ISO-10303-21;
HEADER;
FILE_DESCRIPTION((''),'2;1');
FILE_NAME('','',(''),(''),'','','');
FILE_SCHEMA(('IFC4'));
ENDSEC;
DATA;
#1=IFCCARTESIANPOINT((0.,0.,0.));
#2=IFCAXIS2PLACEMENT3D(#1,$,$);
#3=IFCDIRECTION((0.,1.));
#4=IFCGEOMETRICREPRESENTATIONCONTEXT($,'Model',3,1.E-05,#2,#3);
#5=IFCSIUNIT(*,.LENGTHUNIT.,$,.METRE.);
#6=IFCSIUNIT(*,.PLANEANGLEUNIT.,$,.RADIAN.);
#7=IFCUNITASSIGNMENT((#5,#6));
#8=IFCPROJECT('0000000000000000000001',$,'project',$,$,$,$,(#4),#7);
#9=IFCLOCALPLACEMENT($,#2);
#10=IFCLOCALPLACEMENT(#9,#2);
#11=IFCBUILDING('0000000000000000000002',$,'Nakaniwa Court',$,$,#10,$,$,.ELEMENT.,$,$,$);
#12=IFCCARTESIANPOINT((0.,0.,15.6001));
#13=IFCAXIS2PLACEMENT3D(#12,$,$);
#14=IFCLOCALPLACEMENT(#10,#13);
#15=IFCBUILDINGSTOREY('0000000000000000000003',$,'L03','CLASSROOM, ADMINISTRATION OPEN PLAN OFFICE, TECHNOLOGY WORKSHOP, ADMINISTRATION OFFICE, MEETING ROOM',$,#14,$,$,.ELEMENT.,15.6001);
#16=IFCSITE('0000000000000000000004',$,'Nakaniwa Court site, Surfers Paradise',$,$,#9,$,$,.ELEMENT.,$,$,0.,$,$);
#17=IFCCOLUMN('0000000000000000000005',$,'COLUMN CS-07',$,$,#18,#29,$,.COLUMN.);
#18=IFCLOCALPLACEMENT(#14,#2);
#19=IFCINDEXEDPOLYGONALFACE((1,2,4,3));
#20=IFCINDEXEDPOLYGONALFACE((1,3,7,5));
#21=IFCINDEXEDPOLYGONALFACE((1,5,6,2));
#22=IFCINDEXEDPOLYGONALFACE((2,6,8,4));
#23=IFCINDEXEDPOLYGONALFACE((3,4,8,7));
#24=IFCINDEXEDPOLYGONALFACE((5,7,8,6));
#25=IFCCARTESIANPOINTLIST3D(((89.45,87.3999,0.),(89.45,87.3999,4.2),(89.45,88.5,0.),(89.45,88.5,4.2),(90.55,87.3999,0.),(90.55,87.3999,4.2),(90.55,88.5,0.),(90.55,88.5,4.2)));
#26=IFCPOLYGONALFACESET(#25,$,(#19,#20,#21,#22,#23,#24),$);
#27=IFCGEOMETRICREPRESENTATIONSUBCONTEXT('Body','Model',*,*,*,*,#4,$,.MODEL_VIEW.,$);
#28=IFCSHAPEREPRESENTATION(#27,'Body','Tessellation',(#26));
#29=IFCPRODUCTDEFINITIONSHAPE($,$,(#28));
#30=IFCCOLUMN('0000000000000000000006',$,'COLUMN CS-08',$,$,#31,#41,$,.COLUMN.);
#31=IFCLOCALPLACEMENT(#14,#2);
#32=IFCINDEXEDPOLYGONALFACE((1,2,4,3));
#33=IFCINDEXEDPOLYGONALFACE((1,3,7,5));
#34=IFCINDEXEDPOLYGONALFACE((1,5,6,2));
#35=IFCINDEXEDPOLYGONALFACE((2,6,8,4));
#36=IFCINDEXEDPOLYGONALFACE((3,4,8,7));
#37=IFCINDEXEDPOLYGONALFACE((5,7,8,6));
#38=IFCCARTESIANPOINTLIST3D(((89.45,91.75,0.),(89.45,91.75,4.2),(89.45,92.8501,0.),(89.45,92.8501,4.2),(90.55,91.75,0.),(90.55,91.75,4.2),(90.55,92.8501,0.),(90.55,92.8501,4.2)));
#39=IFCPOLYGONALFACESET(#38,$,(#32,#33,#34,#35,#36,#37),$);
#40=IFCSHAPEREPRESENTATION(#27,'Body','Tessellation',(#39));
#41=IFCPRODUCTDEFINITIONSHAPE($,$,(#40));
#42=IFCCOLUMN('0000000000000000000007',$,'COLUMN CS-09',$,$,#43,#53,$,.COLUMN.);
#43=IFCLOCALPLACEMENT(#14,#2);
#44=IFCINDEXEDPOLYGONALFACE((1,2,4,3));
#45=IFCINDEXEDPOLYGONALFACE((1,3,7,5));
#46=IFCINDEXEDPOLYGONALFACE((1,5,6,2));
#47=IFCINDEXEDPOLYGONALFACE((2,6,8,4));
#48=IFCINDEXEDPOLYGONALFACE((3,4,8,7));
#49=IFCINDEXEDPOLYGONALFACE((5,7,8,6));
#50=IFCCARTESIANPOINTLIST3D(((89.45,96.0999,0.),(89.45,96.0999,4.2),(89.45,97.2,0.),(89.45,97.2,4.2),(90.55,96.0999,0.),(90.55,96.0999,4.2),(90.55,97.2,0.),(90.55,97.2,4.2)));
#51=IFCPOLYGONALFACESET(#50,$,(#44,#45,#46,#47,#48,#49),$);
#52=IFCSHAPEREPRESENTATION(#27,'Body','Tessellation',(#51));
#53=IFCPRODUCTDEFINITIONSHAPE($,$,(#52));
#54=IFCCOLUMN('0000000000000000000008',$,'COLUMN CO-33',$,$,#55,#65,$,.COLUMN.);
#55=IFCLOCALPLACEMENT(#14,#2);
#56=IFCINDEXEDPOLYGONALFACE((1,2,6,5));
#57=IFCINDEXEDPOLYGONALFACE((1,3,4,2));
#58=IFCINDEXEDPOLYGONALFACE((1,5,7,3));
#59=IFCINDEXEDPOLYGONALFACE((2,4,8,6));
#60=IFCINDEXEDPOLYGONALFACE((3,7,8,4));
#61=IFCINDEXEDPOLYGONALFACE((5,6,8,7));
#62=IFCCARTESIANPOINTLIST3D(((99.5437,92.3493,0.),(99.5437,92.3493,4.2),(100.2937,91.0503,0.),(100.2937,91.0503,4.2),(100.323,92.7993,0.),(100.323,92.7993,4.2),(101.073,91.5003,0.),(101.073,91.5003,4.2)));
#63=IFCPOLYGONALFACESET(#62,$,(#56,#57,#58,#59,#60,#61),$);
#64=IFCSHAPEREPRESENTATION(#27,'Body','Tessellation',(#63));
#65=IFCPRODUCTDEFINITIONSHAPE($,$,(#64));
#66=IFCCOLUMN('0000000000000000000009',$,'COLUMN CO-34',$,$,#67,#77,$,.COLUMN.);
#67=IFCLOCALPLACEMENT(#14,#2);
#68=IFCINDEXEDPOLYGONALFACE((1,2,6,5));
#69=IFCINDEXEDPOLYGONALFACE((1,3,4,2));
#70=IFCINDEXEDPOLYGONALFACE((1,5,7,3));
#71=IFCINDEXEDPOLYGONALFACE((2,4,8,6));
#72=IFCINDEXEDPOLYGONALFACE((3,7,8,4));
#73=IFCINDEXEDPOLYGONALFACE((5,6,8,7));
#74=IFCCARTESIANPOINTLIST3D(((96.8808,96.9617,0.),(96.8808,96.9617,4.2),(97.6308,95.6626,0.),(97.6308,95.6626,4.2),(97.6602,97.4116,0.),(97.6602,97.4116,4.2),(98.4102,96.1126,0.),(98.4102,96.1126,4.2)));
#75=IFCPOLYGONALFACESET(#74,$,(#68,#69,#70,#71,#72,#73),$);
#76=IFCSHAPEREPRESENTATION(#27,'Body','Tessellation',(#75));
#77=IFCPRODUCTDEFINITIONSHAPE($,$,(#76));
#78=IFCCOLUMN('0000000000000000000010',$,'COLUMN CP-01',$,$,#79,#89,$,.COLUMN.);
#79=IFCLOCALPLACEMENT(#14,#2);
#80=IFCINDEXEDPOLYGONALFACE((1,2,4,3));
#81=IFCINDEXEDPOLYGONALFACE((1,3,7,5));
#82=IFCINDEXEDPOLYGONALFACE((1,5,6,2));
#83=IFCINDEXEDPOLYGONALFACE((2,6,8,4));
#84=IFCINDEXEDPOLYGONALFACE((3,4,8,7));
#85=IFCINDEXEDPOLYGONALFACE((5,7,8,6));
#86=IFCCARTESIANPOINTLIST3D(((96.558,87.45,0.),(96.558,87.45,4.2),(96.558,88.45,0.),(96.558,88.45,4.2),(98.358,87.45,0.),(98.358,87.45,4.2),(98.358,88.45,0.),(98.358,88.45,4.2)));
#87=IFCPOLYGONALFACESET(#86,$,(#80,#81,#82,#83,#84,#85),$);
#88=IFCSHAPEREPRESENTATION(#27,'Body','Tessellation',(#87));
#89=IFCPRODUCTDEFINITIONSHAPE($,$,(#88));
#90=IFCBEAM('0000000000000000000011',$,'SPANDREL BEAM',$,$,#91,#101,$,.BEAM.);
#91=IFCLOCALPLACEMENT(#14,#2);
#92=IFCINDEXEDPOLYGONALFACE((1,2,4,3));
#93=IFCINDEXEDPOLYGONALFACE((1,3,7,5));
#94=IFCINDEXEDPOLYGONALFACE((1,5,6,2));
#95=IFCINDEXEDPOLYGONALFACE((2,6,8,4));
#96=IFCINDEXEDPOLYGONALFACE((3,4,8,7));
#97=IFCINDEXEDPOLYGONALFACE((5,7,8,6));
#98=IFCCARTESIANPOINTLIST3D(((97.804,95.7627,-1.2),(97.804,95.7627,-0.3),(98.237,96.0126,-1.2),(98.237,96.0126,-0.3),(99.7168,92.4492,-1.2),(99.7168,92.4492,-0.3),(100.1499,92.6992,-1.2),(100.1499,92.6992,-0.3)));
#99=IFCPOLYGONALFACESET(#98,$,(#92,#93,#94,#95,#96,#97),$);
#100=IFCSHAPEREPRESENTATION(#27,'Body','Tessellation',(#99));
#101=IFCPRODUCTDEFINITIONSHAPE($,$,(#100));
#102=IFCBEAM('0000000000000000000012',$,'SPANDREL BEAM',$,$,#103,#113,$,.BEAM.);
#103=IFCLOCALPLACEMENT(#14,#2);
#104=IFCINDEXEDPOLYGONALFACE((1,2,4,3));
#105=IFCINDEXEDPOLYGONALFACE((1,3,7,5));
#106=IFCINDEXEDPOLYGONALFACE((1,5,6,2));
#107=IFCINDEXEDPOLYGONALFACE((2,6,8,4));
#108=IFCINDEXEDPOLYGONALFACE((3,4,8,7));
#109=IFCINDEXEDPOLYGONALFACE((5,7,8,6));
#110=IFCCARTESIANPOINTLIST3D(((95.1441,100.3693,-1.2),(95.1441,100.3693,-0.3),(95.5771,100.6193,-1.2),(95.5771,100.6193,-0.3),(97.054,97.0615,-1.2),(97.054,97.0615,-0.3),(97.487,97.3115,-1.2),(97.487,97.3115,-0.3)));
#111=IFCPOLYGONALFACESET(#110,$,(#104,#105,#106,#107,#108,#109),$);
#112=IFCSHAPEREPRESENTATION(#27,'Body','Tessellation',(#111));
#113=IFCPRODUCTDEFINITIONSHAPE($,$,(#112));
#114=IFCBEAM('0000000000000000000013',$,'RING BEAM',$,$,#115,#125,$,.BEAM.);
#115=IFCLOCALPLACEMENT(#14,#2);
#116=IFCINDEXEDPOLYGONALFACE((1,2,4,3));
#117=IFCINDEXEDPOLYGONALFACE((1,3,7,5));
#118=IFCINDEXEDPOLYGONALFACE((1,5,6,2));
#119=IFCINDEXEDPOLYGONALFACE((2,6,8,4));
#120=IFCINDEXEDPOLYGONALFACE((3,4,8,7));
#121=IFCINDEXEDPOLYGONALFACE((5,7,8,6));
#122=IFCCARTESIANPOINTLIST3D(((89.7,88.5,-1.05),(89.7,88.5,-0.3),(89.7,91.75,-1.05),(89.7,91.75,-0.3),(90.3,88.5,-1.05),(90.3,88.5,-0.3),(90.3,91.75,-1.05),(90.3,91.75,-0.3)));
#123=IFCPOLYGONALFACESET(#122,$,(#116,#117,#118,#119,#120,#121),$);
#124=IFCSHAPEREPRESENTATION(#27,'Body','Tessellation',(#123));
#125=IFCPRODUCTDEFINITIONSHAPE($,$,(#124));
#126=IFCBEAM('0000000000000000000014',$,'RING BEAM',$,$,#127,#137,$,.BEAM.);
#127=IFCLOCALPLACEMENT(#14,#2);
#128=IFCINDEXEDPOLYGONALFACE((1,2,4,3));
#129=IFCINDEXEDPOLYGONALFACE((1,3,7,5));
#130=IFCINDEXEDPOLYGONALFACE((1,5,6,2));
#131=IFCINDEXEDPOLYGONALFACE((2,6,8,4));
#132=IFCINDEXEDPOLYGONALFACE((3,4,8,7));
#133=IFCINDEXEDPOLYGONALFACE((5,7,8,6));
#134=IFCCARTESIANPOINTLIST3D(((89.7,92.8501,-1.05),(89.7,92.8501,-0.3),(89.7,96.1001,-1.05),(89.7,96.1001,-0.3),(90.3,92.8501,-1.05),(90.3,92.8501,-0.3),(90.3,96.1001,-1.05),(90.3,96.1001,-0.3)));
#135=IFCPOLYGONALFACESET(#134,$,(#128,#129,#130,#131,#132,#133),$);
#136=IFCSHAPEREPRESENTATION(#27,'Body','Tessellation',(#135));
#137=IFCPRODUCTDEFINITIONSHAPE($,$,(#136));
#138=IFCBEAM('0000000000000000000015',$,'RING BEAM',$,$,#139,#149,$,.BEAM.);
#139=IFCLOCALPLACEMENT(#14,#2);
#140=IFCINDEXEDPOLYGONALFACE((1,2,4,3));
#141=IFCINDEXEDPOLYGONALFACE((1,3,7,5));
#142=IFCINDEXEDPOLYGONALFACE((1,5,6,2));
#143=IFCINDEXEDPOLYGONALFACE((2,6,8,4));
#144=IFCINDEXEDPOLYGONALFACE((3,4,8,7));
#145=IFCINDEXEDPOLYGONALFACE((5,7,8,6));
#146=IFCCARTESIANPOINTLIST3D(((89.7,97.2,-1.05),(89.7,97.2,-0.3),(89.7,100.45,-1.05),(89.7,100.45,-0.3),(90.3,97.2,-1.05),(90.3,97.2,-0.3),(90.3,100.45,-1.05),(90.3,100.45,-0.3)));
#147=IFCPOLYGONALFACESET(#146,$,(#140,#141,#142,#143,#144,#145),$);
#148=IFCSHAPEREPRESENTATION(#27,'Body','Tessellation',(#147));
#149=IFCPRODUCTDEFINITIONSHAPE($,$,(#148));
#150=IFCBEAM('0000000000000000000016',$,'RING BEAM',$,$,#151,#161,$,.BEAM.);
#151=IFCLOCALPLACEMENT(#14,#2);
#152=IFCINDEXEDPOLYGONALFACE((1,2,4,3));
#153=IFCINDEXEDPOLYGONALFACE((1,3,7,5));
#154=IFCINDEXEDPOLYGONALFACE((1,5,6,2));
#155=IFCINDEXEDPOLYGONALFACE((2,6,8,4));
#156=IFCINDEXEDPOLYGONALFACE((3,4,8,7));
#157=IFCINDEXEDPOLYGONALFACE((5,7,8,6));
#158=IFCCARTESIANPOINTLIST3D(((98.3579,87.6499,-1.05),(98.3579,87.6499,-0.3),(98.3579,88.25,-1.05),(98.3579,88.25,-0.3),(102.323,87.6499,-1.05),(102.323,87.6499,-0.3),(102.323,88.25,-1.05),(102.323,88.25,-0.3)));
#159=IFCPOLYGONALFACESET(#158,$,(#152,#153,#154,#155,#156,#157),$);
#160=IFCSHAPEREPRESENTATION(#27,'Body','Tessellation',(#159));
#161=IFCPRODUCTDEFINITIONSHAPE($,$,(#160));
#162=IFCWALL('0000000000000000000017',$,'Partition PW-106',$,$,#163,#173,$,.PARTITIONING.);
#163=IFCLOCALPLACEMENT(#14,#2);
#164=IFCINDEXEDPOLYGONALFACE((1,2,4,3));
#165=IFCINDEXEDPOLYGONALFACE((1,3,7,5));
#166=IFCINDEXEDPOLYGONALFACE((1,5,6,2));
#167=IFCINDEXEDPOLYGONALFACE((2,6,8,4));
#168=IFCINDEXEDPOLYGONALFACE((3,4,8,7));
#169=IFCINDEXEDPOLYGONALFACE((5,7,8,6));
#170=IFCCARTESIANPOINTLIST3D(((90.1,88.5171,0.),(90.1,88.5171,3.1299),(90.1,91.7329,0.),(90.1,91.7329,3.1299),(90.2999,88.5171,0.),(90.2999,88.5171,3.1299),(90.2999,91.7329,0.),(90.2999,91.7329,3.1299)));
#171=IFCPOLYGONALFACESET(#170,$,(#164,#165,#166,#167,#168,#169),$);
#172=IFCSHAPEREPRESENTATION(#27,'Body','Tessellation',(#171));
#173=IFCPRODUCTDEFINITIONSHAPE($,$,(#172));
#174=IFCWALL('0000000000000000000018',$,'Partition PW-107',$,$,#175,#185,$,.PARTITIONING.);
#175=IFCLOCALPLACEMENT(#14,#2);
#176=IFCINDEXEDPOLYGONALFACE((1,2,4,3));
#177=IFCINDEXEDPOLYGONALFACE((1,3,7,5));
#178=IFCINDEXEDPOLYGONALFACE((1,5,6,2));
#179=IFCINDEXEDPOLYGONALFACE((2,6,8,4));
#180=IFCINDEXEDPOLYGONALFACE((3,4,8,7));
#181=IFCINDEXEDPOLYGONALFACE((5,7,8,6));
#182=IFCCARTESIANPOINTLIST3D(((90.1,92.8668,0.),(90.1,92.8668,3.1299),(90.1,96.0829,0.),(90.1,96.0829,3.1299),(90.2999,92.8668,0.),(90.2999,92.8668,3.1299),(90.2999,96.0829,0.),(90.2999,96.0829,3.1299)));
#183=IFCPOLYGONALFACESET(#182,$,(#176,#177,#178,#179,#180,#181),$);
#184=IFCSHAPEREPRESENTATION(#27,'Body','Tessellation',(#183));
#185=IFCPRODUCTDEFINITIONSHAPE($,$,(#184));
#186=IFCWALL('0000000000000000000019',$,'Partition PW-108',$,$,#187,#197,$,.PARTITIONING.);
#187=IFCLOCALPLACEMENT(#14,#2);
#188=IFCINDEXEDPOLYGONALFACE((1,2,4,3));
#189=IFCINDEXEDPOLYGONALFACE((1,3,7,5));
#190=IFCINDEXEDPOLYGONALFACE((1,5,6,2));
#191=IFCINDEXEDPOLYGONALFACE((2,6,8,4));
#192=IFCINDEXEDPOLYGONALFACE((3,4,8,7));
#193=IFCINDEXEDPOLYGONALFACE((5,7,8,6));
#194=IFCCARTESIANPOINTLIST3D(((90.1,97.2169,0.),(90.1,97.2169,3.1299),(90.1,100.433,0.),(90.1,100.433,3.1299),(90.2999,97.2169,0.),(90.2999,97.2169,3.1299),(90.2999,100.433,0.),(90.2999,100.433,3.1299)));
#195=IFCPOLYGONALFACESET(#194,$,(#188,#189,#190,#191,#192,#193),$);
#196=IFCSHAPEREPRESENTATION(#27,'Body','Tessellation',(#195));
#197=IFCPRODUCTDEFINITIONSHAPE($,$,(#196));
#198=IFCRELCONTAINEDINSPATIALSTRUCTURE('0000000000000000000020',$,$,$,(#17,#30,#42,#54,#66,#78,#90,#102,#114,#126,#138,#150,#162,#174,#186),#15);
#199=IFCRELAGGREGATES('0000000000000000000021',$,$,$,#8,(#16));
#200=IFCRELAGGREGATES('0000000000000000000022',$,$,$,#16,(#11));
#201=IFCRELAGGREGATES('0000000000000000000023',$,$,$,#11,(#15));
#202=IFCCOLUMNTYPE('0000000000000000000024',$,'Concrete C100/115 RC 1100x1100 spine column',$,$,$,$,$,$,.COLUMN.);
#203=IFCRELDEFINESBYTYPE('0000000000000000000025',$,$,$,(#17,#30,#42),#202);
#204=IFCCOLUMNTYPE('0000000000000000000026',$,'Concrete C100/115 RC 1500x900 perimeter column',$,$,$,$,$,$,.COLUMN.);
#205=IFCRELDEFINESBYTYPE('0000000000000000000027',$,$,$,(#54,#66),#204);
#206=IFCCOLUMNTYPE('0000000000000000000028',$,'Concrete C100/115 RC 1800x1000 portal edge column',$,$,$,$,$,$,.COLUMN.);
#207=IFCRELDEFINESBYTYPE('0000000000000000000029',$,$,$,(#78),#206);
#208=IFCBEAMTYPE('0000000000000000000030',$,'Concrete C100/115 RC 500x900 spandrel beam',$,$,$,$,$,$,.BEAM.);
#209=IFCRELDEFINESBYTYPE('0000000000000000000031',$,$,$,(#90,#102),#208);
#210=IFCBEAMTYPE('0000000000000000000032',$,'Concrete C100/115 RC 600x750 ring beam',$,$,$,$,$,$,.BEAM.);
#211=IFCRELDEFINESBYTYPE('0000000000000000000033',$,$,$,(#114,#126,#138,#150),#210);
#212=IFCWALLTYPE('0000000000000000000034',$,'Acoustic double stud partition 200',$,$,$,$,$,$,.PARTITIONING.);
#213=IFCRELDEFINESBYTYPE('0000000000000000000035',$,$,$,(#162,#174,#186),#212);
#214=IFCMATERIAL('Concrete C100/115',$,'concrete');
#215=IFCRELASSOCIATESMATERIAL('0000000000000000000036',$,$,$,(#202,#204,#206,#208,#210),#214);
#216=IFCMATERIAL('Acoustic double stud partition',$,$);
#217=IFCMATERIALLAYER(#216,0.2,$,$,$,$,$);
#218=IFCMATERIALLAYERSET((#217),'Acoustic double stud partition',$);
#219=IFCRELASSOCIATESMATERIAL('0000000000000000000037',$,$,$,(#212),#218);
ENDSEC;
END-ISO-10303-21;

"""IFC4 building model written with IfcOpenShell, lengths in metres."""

from ifc_helpers import new_model, si_unit, direction, frame, frame_2d, origin, origin_2d, place, context, subcontext, project, spatial, rectangle, extrude, material, layer, layer_set, material_profile, profile_set, type_object, element, save


model = new_model("IFC4")

# Units and contexts
model_context = context("Model", 3, precision=1e-05, world=origin(), true_north=direction((0.0, 1.0)))
body_context = subcontext(model_context, "Body", "Model", "MODEL_VIEW")
ifc_project = project(units=[si_unit("LENGTHUNIT", "METRE"), si_unit("PLANEANGLEUNIT", "RADIAN")], contexts=[model_context])

# Site, building, storey
site_placement = place(None, origin())
site = spatial("IfcSite", under=ifc_project, at=site_placement, Name="Nakaniwa Court site, Surfers Paradise", CompositionType="ELEMENT", RefElevation=0.0)
building_placement = place(site_placement, origin())
building = spatial("IfcBuilding", under=site, at=building_placement, Name="Nakaniwa Court", CompositionType="ELEMENT")
storey_placement = place(building_placement, frame((0.0, 0.0, 15.6001)))
storey = spatial("IfcBuildingStorey", under=building, at=storey_placement, Name="L03", Description="CLASSROOM, ADMINISTRATION OPEN PLAN OFFICE, TECHNOLOGY WORKSHOP, ADMINISTRATION OFFICE, MEETING ROOM", CompositionType="ELEMENT", Elevation=15.6001)

# Columns
ifc_material_1 = material(Name="Concrete C100/115", Category="concrete")
ifc_material_profile_1 = material_profile(ifc_material_1, rectangle(XDim=1.1001, YDim=1.1001, at=origin_2d()), Name="Concrete C100/115 RC 1100x1100 spine column")
ifc_profile_set_1 = profile_set([ifc_material_profile_1], Name="Concrete C100/115")
column_type_1 = type_object("IfcColumnType", Name="Concrete C100/115 RC 1100x1100 spine column", PredefinedType="COLUMN", material=ifc_profile_set_1)
for number, where, z_axis, x_axis, name in (
    (1, (90.0, 87.95, 0.0), (0.0, 0.0, 1.0), (0.0, 1.0, 0.0), "COLUMN CS-07"),
    (2, (90.0, 92.3, 0.0), (0.0, 0.0, 1.0), (0.0, 1.0, 0.0), "COLUMN CS-08"),
    (3, (90.0, 96.6499, 0.0), (0.0, 0.0, 1.0), (0.0, 1.0, 0.0), "COLUMN CS-09"),
):
    element("IfcColumn", number, at=place(storey_placement, frame(where, z_axis=z_axis, x_axis=x_axis)), inside=storey, type_object=column_type_1, Name=name, PredefinedType="COLUMN", context=body_context, shape_type="SweptSolid", body=[
        extrude(rectangle(XDim=1.1001, YDim=1.1001, at=origin_2d()), origin(), (0.0, 0.0, 1.0), 4.2),
    ])
ifc_material_profile_2 = material_profile(ifc_material_1, rectangle(XDim=1.5, YDim=0.8999, at=origin_2d()), Name="Concrete C100/115 RC 1500x900 perimeter column")
ifc_profile_set_2 = profile_set([ifc_material_profile_2], Name="Concrete C100/115")
column_type_2 = type_object("IfcColumnType", Name="Concrete C100/115 RC 1500x900 perimeter column", PredefinedType="COLUMN", material=ifc_profile_set_2)
for number, where, z_axis, x_axis, name in (
    (4, (100.3083, 91.9248, 0.0), (0.0, 0.0, 1.0), (-0.5, 0.866025, 0.0), "COLUMN CO-33"),
    (5, (97.6455, 96.5371, 0.0), (0.0, 0.0, 1.0), (-0.5, 0.866025, 0.0), "COLUMN CO-34"),
):
    element("IfcColumn", number, at=place(storey_placement, frame(where, z_axis=z_axis, x_axis=x_axis)), inside=storey, type_object=column_type_2, Name=name, PredefinedType="COLUMN", context=body_context, shape_type="SweptSolid", body=[
        extrude(rectangle(XDim=1.5, YDim=0.8999, at=origin_2d()), origin(), (0.0, 0.0, 1.0), 4.2),
    ])
ifc_material_profile_3 = material_profile(ifc_material_1, rectangle(XDim=1.8, YDim=1.0, at=origin_2d()), Name="Concrete C100/115 RC 1800x1000 portal edge column")
ifc_profile_set_3 = profile_set([ifc_material_profile_3], Name="Concrete C100/115")
column_type_3 = type_object("IfcColumnType", Name="Concrete C100/115 RC 1800x1000 portal edge column", PredefinedType="COLUMN", material=ifc_profile_set_3)
column_placement = place(storey_placement, frame((97.458, 87.95, 0.0), z_axis=(0.0, 0.0, 1.0), x_axis=(1.0, 0.0, 0.0)))
element("IfcColumn", 6, at=column_placement, inside=storey, type_object=column_type_3, Name="COLUMN CP-01", PredefinedType="COLUMN", context=body_context, shape_type="SweptSolid", body=[
    extrude(rectangle(XDim=1.8, YDim=1.0, at=origin_2d()), origin(), (0.0, 0.0, 1.0), 4.2),
])

# Beams
ifc_material_profile_4 = material_profile(ifc_material_1, rectangle(XDim=0.5, YDim=0.8999, at=origin_2d()), Name="Concrete C100/115 RC 500x900 spandrel beam")
ifc_profile_set_4 = profile_set([ifc_material_profile_4], Name="Concrete C100/115")
beam_type_1 = type_object("IfcBeamType", Name="Concrete C100/115 RC 500x900 spandrel beam", PredefinedType="BEAM", material=ifc_profile_set_4)
beam_1_placement = place(storey_placement, frame((99.9333, 92.5742, -0.75), z_axis=(-0.499962, 0.866047, 0.0), x_axis=(-0.866047, -0.499962, 0.0)))
element("IfcBeam", 7, at=beam_1_placement, inside=storey, type_object=beam_type_1, Name="SPANDREL BEAM", PredefinedType="BEAM", context=body_context, shape_type="SweptSolid", body=[
    extrude(rectangle(XDim=0.5, YDim=0.8999, at=origin_2d()), origin(), (0.0, 0.0, 1.0), 3.8259),
])
beam_2_placement = place(storey_placement, frame((97.2705, 97.1865, -0.75), z_axis=(-0.500023, 0.866012, 0.0), x_axis=(-0.866012, -0.500023, 0.0)))
element("IfcBeam", 8, at=beam_2_placement, inside=storey, type_object=beam_type_1, Name="SPANDREL BEAM", PredefinedType="BEAM", context=body_context, shape_type="SweptSolid", body=[
    extrude(rectangle(XDim=0.5, YDim=0.8999, at=origin_2d()), origin(), (0.0, 0.0, 1.0), 3.8196),
])
ifc_material_profile_5 = material_profile(ifc_material_1, rectangle(XDim=0.6001, YDim=0.75, at=origin_2d()), Name="Concrete C100/115 RC 600x750 ring beam")
ifc_profile_set_5 = profile_set([ifc_material_profile_5], Name="Concrete C100/115")
beam_type_2 = type_object("IfcBeamType", Name="Concrete C100/115 RC 600x750 ring beam", PredefinedType="BEAM", material=ifc_profile_set_5)
for number, where, z_axis, x_axis, name in (
    (9, (90.0, 88.5, -0.675), (0.0, 1.0, 0.0), (-1.0, 0.0, 0.0), "RING BEAM"),
    (10, (90.0, 92.8501, -0.675), (0.0, 1.0, 0.0), (-1.0, 0.0, 0.0), "RING BEAM"),
    (11, (90.0, 97.2, -0.675), (0.0, 1.0, 0.0), (-1.0, 0.0, 0.0), "RING BEAM"),
):
    element("IfcBeam", number, at=place(storey_placement, frame(where, z_axis=z_axis, x_axis=x_axis)), inside=storey, type_object=beam_type_2, Name=name, PredefinedType="BEAM", context=body_context, shape_type="SweptSolid", body=[
        extrude(rectangle(XDim=0.6001, YDim=0.75, at=origin_2d()), origin(), (0.0, 0.0, 1.0), 3.25),
    ])
beam_3_placement = place(storey_placement, frame((98.3579, 87.95, -0.675), z_axis=(1.0, 0.0, 0.0), x_axis=(0.0, 1.0, 0.0)))
element("IfcBeam", 12, at=beam_3_placement, inside=storey, type_object=beam_type_2, Name="RING BEAM", PredefinedType="BEAM", context=body_context, shape_type="SweptSolid", body=[
    extrude(rectangle(XDim=0.6001, YDim=0.75, at=origin_2d()), origin(), (0.0, 0.0, 1.0), 3.9651),
])

# Walls
ifc_material_2 = material(Name="Acoustic double stud partition")
ifc_layer_1 = layer(ifc_material_2, 0.2)
ifc_layer_set_1 = layer_set([ifc_layer_1], Name="Acoustic double stud partition")
wall_type_1 = type_object("IfcWallType", Name="Acoustic double stud partition 200", PredefinedType="PARTITIONING", material=ifc_layer_set_1)
wall_1_placement = place(storey_placement, frame((90.2, 88.5171, 0.0), z_axis=(0.0, 0.0, 1.0), x_axis=(0.0, 1.0, 0.0)))
element("IfcWall", 13, at=wall_1_placement, inside=storey, type_object=wall_type_1, Name="Partition PW-106", PredefinedType="PARTITIONING", context=body_context, shape_type="SweptSolid", body=[
    extrude(rectangle(XDim=3.2158, YDim=0.2, at=frame_2d((1.6079, 0.0))), origin(), (0.0, 0.0, 1.0), 3.1299),
])
for number, where, z_axis, x_axis, name in (
    (14, (90.2, 92.8669, 0.0), (0.0, 0.0, 1.0), (0.0, 1.0, 0.0), "Partition PW-107"),
    (15, (90.2, 97.217, 0.0), (0.0, 0.0, 1.0), (0.0, 1.0, 0.0), "Partition PW-108"),
):
    element("IfcWall", number, at=place(storey_placement, frame(where, z_axis=z_axis, x_axis=x_axis)), inside=storey, type_object=wall_type_1, Name=name, PredefinedType="PARTITIONING", context=body_context, shape_type="SweptSolid", body=[
        extrude(rectangle(XDim=3.2161, YDim=0.2, at=frame_2d((1.6079, 0.0))), origin(), (0.0, 0.0, 1.0), 3.1299),
    ])

save(model, "model.ifc")
